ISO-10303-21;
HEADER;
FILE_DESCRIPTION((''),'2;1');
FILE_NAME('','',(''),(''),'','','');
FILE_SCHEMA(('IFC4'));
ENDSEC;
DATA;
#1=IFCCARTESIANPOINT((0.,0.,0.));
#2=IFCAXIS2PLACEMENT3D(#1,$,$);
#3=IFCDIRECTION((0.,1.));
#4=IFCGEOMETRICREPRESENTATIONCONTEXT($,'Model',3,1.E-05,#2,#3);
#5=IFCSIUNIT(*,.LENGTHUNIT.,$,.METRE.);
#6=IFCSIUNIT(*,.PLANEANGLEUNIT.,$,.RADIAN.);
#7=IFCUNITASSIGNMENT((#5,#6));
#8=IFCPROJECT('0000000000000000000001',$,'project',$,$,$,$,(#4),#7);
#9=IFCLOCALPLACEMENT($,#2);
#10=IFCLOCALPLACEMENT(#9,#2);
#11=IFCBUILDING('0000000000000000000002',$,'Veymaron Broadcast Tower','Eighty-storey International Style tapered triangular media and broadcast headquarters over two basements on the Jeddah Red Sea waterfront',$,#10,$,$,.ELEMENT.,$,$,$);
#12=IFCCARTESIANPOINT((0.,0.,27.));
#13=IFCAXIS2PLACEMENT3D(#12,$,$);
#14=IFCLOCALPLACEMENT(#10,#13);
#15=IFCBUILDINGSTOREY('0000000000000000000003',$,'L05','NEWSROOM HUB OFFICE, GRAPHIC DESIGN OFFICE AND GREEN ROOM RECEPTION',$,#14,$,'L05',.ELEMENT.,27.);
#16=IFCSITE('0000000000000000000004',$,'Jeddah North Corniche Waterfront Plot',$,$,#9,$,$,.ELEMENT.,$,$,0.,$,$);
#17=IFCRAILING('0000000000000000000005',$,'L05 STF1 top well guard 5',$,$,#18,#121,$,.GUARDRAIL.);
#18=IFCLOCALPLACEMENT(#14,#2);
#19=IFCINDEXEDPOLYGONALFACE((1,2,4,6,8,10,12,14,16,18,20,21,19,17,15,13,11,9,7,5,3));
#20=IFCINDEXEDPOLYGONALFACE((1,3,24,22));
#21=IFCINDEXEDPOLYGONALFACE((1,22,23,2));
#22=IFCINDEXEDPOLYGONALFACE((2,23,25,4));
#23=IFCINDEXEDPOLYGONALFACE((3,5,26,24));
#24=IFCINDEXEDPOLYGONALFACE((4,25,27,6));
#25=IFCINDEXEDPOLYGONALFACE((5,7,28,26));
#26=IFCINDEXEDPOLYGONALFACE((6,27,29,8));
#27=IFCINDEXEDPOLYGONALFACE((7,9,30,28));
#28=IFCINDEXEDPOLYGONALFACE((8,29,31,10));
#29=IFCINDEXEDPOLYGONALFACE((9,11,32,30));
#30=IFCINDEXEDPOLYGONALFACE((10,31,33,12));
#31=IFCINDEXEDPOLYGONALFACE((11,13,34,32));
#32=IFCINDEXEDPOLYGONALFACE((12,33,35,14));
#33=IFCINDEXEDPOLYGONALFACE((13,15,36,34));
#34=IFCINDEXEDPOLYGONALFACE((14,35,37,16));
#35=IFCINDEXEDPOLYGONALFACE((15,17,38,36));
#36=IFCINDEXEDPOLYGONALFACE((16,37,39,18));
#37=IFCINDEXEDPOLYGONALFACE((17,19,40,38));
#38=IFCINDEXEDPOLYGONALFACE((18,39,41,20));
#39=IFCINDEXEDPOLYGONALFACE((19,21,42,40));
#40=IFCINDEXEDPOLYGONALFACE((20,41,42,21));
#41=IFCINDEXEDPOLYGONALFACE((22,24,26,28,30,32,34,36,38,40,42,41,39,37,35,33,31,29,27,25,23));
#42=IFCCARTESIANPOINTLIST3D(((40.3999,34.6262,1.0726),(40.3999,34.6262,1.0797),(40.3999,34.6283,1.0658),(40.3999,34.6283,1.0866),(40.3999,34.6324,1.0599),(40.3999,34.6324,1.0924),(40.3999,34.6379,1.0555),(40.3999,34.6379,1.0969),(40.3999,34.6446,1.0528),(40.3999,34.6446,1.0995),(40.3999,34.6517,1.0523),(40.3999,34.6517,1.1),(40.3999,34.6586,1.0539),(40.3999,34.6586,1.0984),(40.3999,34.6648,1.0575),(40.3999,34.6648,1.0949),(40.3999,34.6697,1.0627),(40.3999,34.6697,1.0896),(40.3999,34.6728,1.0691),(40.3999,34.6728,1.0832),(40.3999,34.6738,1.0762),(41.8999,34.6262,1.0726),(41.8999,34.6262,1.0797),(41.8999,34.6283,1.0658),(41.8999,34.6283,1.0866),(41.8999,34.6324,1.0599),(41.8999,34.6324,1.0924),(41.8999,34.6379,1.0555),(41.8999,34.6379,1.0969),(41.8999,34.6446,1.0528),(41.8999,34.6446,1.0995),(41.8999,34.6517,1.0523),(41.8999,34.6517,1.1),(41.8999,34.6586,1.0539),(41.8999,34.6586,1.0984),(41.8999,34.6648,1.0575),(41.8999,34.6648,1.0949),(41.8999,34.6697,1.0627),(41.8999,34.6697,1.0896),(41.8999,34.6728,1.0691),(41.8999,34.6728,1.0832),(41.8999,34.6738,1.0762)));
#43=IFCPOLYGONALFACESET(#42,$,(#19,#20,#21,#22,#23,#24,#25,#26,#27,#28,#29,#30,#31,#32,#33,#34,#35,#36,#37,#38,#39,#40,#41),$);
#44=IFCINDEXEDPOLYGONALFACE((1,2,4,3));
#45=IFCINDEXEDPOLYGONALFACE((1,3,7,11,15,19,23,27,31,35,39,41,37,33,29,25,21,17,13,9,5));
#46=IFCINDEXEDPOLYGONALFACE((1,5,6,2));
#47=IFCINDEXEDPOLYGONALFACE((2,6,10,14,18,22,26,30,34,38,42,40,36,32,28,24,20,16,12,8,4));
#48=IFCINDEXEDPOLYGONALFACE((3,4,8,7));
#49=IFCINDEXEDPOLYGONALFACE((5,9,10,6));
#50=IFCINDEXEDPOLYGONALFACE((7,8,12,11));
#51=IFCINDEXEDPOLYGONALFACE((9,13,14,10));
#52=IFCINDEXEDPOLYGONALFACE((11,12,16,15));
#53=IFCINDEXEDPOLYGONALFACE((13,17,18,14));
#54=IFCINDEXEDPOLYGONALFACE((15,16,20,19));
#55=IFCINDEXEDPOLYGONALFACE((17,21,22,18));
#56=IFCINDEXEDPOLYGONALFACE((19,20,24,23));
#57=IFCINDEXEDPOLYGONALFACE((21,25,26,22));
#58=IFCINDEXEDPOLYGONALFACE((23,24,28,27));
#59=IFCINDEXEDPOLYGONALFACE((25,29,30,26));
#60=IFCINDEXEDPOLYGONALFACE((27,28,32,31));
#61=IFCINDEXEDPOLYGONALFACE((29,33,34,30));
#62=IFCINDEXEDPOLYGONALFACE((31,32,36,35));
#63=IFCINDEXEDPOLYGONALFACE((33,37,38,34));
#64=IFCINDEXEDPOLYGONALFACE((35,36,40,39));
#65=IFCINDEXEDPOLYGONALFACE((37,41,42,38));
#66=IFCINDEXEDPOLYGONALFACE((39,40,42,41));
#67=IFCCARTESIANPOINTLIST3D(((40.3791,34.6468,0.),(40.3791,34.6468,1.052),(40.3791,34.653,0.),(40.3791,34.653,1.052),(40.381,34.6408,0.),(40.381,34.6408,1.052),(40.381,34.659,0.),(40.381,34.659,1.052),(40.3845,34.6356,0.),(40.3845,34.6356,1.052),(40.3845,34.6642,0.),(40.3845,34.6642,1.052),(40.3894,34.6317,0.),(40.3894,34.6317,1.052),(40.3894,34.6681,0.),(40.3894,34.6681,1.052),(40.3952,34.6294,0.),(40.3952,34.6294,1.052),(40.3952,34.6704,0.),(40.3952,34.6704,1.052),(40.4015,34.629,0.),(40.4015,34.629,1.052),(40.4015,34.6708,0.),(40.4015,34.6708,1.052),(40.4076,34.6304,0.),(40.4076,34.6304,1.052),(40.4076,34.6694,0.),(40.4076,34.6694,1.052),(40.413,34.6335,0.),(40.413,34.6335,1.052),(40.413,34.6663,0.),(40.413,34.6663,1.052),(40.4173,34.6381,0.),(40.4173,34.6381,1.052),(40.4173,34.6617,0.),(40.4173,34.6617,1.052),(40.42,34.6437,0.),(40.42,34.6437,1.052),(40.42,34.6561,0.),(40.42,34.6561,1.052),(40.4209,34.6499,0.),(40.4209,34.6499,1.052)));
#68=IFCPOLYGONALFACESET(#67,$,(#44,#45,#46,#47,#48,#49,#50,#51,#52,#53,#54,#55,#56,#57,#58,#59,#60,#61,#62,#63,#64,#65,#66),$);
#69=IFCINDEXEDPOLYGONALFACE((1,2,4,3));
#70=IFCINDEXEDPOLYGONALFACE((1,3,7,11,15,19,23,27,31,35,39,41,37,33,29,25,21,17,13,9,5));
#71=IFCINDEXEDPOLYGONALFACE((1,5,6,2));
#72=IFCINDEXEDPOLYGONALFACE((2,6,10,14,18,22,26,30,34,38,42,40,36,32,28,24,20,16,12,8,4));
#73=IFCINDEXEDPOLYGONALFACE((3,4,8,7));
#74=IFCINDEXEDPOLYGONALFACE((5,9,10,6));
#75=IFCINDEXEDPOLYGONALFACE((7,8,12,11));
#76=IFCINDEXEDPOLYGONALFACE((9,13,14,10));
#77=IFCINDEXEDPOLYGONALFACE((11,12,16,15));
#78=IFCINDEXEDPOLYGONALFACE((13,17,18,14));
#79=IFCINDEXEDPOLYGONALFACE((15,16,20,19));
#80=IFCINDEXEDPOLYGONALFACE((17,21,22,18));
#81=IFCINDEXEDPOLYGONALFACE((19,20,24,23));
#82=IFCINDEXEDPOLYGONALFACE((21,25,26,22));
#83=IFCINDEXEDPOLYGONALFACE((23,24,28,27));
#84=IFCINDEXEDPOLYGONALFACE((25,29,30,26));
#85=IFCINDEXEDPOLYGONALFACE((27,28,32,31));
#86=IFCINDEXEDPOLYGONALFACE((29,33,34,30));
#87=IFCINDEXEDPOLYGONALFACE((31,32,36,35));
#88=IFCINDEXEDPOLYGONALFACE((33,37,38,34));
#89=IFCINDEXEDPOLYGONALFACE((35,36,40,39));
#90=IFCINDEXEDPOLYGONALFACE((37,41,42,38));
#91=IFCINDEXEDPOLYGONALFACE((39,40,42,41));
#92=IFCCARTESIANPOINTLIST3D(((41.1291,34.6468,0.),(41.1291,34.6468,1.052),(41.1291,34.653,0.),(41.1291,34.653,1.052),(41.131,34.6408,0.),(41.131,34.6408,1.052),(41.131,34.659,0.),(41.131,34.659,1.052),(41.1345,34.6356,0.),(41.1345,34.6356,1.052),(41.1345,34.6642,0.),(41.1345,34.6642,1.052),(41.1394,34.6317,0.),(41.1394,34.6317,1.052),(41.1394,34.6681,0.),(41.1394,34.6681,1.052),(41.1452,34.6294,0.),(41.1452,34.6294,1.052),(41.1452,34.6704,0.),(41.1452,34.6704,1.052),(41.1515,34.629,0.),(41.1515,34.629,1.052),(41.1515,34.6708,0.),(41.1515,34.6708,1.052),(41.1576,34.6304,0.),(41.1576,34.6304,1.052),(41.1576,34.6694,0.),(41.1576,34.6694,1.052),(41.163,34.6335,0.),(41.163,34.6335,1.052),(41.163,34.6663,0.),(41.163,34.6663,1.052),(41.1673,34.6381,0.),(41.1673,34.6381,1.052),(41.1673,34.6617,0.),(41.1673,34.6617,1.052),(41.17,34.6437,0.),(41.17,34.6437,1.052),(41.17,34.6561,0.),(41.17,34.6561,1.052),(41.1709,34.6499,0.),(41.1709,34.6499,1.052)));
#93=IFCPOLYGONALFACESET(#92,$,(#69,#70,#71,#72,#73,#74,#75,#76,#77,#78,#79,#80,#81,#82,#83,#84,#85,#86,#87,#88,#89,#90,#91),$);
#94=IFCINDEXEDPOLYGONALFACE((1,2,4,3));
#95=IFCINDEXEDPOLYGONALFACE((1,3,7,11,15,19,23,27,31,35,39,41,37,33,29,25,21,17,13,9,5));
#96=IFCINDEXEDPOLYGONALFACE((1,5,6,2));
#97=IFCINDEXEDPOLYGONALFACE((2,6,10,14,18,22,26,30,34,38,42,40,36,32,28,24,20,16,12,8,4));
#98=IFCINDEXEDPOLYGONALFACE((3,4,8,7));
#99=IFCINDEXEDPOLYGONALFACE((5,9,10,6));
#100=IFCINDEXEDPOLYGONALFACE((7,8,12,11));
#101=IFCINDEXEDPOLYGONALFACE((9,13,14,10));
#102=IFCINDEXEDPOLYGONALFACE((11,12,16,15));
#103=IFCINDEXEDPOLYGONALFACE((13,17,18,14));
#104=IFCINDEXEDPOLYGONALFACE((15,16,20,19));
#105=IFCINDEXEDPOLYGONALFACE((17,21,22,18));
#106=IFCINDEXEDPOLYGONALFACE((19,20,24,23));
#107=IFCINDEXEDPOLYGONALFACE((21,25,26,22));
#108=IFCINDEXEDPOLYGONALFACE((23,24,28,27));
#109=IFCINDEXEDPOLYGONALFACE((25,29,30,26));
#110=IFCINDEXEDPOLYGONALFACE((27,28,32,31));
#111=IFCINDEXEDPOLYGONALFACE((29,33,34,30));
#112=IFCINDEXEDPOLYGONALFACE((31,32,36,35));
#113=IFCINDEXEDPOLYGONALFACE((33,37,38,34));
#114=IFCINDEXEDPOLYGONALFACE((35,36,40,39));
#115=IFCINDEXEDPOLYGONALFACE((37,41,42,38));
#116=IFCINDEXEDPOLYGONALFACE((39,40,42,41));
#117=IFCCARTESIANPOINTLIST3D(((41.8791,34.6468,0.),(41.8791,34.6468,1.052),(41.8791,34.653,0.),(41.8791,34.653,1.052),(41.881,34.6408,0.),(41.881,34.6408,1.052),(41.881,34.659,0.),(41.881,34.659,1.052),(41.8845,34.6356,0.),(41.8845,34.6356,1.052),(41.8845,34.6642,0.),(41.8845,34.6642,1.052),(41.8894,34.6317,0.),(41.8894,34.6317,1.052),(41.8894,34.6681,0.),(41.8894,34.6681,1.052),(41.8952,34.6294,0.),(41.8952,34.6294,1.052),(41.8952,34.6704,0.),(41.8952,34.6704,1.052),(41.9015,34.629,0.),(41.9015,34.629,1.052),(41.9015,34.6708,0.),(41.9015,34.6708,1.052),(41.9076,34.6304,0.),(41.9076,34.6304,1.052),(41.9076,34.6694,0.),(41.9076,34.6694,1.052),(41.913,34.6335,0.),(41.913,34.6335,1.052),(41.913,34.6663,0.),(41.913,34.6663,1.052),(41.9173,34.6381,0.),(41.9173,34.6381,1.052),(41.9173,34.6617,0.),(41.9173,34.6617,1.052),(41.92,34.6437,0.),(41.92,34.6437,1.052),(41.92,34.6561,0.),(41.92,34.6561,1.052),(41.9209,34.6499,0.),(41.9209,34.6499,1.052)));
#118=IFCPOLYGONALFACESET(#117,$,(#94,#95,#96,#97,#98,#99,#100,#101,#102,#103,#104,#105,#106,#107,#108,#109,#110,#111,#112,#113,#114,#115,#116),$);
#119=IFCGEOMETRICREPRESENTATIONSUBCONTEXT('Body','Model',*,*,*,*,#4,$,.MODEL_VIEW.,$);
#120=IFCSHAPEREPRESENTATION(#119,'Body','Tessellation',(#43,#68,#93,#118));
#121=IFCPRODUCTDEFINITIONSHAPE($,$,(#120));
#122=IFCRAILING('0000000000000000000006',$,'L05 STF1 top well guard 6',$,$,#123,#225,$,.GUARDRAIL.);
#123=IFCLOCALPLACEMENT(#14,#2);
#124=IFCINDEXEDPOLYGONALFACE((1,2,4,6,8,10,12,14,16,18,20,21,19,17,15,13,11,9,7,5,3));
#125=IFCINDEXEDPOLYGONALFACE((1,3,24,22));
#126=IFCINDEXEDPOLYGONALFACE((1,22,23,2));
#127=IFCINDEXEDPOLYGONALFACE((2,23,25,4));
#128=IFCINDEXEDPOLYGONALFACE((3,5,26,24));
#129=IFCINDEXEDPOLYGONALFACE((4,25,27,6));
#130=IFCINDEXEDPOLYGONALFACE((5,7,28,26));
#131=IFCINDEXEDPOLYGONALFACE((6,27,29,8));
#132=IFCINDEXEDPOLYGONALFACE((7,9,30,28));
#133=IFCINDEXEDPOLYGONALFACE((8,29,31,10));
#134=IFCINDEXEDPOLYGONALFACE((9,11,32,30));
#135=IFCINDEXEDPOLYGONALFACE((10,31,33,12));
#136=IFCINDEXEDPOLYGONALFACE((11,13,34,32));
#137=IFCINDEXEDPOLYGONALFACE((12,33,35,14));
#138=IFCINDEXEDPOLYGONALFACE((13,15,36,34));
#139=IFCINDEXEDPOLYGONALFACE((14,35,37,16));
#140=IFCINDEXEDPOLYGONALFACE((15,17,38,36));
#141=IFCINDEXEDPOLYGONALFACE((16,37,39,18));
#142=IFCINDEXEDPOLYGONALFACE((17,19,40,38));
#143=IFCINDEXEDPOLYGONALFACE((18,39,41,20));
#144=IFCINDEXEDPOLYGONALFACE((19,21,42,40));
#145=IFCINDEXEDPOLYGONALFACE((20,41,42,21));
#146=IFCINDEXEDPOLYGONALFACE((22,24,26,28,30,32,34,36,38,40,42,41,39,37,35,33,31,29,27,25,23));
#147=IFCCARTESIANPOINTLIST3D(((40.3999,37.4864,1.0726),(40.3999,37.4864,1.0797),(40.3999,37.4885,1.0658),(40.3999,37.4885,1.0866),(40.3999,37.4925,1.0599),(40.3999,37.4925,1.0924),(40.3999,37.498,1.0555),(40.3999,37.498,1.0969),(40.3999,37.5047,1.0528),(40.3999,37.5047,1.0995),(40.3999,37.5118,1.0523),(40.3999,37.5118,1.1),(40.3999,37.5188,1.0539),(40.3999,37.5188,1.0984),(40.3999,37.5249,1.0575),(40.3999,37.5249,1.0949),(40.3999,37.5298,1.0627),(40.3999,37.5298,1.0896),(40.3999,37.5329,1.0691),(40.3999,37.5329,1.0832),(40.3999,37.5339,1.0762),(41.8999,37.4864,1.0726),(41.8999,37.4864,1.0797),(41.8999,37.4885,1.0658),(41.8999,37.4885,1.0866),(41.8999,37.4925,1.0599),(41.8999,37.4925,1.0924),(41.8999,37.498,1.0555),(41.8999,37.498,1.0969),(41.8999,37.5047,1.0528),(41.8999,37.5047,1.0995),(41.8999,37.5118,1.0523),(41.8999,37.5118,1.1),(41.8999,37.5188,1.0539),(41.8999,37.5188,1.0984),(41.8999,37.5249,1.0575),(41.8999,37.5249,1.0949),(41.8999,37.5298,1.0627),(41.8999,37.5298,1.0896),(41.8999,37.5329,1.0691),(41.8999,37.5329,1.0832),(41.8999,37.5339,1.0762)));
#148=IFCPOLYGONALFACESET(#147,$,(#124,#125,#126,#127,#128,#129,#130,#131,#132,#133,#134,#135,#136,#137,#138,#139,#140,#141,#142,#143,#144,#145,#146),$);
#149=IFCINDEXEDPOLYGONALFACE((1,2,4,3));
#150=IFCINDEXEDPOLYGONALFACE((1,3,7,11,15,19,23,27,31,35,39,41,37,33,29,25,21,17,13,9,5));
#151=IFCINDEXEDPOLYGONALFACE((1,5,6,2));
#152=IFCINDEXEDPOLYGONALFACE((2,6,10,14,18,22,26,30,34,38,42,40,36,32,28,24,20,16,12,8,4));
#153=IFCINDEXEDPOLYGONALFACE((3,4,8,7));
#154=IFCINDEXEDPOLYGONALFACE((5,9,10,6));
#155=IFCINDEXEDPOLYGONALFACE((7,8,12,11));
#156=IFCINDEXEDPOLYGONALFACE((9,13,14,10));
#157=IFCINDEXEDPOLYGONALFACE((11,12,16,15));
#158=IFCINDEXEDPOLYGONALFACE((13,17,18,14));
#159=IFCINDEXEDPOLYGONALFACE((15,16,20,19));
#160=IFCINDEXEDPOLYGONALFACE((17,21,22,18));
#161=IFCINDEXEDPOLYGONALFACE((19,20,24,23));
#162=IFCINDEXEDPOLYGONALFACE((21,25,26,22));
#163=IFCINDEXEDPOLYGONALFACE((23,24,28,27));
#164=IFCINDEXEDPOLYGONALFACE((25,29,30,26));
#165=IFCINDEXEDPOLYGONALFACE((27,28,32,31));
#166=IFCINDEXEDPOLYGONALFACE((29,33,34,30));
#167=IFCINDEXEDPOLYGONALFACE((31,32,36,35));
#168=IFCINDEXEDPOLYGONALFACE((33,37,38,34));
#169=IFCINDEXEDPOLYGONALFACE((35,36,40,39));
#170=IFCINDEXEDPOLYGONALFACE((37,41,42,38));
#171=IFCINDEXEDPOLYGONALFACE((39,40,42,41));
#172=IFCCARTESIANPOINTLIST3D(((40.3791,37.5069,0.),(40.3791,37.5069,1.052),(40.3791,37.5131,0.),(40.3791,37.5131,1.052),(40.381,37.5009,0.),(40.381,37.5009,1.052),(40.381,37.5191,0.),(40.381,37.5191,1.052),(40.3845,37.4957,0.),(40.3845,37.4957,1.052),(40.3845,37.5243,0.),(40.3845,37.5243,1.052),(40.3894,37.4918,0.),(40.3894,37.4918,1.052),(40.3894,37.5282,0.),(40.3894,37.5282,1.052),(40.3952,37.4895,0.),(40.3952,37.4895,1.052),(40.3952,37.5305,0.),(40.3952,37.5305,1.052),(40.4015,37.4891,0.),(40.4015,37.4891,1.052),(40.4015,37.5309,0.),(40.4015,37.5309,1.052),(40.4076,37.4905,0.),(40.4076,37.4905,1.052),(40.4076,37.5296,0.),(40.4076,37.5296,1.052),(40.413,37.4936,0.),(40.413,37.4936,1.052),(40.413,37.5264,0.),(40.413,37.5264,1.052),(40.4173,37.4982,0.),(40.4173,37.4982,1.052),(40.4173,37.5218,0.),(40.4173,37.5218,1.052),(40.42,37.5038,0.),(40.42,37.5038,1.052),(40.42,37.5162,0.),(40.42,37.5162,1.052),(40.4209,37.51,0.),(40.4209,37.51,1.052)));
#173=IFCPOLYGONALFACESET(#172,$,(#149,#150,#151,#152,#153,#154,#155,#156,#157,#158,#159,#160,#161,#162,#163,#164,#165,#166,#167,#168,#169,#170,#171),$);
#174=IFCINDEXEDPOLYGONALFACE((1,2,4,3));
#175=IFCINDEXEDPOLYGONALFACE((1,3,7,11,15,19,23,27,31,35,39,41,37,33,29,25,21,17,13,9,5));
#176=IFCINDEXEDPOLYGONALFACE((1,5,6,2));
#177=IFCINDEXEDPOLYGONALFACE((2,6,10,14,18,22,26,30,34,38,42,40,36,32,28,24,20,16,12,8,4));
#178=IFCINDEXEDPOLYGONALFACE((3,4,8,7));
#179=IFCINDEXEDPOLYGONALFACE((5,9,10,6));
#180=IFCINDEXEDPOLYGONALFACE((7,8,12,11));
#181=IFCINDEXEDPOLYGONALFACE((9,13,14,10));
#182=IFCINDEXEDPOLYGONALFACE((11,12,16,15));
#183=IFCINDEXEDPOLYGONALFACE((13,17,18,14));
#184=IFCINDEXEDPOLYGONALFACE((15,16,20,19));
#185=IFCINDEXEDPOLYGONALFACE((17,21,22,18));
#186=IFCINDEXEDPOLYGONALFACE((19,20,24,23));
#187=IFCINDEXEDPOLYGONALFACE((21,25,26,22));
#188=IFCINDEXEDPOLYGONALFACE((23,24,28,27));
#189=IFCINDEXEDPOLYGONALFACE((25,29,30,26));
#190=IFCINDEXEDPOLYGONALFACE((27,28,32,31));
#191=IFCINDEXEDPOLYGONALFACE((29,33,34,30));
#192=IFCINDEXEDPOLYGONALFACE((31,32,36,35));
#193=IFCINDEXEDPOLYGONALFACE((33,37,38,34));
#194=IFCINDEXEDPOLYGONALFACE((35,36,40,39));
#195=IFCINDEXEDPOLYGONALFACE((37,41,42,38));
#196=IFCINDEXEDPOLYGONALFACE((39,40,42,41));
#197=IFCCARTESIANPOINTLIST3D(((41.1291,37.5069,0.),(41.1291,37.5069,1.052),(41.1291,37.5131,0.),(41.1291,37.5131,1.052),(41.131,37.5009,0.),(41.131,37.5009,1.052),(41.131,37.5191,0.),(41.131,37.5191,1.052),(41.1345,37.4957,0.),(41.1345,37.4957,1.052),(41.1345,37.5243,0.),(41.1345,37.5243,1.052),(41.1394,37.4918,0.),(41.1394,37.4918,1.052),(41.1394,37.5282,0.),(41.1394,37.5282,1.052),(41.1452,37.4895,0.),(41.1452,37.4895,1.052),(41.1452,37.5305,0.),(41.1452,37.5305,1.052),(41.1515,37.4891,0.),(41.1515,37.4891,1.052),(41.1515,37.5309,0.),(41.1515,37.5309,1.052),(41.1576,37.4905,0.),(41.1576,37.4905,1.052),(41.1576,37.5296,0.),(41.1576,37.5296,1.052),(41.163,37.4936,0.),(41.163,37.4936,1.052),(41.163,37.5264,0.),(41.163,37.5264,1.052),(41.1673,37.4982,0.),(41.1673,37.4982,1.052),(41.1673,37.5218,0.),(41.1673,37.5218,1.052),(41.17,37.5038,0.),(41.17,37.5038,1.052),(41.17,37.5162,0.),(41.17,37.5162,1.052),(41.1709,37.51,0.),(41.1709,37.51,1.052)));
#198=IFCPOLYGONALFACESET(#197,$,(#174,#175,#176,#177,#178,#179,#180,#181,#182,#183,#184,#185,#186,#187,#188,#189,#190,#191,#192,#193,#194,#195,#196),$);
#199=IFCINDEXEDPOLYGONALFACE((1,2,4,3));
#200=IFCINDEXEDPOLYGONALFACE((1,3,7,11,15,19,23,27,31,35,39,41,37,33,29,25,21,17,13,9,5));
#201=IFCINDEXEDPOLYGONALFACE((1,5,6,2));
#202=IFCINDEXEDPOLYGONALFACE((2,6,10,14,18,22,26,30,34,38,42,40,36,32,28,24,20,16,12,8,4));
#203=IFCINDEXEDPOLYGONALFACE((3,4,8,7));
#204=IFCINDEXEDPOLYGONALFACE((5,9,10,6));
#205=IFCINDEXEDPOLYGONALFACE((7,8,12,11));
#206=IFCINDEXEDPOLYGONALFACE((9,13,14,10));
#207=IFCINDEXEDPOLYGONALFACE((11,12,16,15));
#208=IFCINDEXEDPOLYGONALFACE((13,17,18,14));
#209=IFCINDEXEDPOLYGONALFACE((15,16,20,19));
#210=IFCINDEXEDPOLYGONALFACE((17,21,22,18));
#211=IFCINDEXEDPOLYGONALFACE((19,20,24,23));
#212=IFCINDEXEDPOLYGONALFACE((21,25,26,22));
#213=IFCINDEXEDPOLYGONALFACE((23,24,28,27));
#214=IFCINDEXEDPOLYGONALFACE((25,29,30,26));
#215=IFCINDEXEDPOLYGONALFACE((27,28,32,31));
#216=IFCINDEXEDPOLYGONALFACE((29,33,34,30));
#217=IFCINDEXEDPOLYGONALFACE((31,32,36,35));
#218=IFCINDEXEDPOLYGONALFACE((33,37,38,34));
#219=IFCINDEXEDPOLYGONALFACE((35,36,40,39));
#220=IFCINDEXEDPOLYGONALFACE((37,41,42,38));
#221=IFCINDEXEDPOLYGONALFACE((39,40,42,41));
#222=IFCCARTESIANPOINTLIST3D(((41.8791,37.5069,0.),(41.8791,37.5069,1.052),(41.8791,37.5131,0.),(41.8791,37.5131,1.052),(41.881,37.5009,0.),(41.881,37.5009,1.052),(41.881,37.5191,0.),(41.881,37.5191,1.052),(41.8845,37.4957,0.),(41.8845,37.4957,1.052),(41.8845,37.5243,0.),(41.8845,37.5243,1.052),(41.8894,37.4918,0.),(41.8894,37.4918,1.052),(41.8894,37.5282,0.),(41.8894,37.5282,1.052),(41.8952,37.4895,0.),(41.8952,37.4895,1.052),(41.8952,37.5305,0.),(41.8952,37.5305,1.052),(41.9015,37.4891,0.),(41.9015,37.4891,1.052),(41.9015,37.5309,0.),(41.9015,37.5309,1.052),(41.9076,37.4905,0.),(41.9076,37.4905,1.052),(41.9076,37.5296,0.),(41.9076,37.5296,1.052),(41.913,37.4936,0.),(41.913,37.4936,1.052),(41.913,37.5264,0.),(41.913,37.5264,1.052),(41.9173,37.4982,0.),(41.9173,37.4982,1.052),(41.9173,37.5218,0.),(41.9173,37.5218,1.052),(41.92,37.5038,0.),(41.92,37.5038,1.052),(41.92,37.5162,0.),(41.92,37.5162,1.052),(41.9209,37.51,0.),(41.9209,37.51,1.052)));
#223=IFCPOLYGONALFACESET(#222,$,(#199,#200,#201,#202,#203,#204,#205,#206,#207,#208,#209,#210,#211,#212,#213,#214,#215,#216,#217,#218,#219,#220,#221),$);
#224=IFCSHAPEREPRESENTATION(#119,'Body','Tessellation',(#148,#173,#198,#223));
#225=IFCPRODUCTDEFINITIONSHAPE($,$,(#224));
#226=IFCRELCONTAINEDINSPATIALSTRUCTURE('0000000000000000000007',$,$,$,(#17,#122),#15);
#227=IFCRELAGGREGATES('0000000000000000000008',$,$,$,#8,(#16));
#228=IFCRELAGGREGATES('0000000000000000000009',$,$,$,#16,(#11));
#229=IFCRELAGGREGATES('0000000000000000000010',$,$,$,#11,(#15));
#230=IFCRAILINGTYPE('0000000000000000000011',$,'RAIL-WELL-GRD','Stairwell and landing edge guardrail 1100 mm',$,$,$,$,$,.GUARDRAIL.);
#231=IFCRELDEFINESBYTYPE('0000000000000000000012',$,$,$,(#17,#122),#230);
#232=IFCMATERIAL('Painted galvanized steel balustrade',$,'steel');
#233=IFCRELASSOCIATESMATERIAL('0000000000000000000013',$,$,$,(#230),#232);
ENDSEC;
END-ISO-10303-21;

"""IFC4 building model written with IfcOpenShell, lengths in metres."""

from ifc_helpers import new_model, si_unit, direction, frame, origin, origin_2d, place, context, subcontext, project, spatial, circle, extrude, material, type_object, element, save


model = new_model("IFC4")

# Units and contexts
model_context = context("Model", 3, precision=1e-05, world=origin(), true_north=direction((0.0, 1.0)))
body_context = subcontext(model_context, "Body", "Model", "MODEL_VIEW")
ifc_project = project(units=[si_unit("LENGTHUNIT", "METRE"), si_unit("PLANEANGLEUNIT", "RADIAN")], contexts=[model_context])

# Site, building, storey
site_placement = place(None, origin())
site = spatial("IfcSite", under=ifc_project, at=site_placement, Name="Jeddah North Corniche Waterfront Plot", CompositionType="ELEMENT", RefElevation=0.0)
building_placement = place(site_placement, origin())
building = spatial("IfcBuilding", under=site, at=building_placement, Name="Veymaron Broadcast Tower", Description="Eighty-storey International Style tapered triangular media and broadcast headquarters over two basements on the Jeddah Red Sea waterfront", CompositionType="ELEMENT")
storey_placement = place(building_placement, frame((0.0, 0.0, 27.0)))
storey = spatial("IfcBuildingStorey", under=building, at=storey_placement, Name="L05", Description="NEWSROOM HUB OFFICE, GRAPHIC DESIGN OFFICE AND GREEN ROOM RECEPTION", LongName="L05", CompositionType="ELEMENT", Elevation=27.0)

# Railings
ifc_material_1 = material(Name="Painted galvanized steel balustrade", Category="steel")
railing_type = type_object("IfcRailingType", Name="RAIL-WELL-GRD", Description="Stairwell and landing edge guardrail 1100 mm", PredefinedType="GUARDRAIL", material=ifc_material_1)
for number, where, name in (
    (1, (40.3999, 34.6499, 0.0), "L05 STF1 top well guard 5"),
    (2, (40.3999, 37.51, 0.0), "L05 STF1 top well guard 6"),
):
    element("IfcRailing", number, at=place(storey_placement, frame(where)), inside=storey, type_object=railing_type, Name=name, PredefinedType="GUARDRAIL", context=body_context, shape_type="SweptSolid", body=[
        extrude(circle(Radius=0.0239, at=origin_2d()), frame((0.0, 0.0, 1.0762), z_axis=(1.0, 0.0, 0.0), x_axis=(0.0, 1.0, 0.0)), (0.0, 0.0, 1.0), 1.5),
        extrude(circle(Radius=0.021, at=origin_2d()), origin(), (0.0, 0.0, 1.0), 1.052),
        extrude(circle(Radius=0.021, at=origin_2d()), frame((0.75, 0.0, 0.0)), (0.0, 0.0, 1.0), 1.052),
        extrude(circle(Radius=0.021, at=origin_2d()), frame((1.5, 0.0, 0.0)), (0.0, 0.0, 1.0), 1.052),
    ])

save(model, "model.ifc")
